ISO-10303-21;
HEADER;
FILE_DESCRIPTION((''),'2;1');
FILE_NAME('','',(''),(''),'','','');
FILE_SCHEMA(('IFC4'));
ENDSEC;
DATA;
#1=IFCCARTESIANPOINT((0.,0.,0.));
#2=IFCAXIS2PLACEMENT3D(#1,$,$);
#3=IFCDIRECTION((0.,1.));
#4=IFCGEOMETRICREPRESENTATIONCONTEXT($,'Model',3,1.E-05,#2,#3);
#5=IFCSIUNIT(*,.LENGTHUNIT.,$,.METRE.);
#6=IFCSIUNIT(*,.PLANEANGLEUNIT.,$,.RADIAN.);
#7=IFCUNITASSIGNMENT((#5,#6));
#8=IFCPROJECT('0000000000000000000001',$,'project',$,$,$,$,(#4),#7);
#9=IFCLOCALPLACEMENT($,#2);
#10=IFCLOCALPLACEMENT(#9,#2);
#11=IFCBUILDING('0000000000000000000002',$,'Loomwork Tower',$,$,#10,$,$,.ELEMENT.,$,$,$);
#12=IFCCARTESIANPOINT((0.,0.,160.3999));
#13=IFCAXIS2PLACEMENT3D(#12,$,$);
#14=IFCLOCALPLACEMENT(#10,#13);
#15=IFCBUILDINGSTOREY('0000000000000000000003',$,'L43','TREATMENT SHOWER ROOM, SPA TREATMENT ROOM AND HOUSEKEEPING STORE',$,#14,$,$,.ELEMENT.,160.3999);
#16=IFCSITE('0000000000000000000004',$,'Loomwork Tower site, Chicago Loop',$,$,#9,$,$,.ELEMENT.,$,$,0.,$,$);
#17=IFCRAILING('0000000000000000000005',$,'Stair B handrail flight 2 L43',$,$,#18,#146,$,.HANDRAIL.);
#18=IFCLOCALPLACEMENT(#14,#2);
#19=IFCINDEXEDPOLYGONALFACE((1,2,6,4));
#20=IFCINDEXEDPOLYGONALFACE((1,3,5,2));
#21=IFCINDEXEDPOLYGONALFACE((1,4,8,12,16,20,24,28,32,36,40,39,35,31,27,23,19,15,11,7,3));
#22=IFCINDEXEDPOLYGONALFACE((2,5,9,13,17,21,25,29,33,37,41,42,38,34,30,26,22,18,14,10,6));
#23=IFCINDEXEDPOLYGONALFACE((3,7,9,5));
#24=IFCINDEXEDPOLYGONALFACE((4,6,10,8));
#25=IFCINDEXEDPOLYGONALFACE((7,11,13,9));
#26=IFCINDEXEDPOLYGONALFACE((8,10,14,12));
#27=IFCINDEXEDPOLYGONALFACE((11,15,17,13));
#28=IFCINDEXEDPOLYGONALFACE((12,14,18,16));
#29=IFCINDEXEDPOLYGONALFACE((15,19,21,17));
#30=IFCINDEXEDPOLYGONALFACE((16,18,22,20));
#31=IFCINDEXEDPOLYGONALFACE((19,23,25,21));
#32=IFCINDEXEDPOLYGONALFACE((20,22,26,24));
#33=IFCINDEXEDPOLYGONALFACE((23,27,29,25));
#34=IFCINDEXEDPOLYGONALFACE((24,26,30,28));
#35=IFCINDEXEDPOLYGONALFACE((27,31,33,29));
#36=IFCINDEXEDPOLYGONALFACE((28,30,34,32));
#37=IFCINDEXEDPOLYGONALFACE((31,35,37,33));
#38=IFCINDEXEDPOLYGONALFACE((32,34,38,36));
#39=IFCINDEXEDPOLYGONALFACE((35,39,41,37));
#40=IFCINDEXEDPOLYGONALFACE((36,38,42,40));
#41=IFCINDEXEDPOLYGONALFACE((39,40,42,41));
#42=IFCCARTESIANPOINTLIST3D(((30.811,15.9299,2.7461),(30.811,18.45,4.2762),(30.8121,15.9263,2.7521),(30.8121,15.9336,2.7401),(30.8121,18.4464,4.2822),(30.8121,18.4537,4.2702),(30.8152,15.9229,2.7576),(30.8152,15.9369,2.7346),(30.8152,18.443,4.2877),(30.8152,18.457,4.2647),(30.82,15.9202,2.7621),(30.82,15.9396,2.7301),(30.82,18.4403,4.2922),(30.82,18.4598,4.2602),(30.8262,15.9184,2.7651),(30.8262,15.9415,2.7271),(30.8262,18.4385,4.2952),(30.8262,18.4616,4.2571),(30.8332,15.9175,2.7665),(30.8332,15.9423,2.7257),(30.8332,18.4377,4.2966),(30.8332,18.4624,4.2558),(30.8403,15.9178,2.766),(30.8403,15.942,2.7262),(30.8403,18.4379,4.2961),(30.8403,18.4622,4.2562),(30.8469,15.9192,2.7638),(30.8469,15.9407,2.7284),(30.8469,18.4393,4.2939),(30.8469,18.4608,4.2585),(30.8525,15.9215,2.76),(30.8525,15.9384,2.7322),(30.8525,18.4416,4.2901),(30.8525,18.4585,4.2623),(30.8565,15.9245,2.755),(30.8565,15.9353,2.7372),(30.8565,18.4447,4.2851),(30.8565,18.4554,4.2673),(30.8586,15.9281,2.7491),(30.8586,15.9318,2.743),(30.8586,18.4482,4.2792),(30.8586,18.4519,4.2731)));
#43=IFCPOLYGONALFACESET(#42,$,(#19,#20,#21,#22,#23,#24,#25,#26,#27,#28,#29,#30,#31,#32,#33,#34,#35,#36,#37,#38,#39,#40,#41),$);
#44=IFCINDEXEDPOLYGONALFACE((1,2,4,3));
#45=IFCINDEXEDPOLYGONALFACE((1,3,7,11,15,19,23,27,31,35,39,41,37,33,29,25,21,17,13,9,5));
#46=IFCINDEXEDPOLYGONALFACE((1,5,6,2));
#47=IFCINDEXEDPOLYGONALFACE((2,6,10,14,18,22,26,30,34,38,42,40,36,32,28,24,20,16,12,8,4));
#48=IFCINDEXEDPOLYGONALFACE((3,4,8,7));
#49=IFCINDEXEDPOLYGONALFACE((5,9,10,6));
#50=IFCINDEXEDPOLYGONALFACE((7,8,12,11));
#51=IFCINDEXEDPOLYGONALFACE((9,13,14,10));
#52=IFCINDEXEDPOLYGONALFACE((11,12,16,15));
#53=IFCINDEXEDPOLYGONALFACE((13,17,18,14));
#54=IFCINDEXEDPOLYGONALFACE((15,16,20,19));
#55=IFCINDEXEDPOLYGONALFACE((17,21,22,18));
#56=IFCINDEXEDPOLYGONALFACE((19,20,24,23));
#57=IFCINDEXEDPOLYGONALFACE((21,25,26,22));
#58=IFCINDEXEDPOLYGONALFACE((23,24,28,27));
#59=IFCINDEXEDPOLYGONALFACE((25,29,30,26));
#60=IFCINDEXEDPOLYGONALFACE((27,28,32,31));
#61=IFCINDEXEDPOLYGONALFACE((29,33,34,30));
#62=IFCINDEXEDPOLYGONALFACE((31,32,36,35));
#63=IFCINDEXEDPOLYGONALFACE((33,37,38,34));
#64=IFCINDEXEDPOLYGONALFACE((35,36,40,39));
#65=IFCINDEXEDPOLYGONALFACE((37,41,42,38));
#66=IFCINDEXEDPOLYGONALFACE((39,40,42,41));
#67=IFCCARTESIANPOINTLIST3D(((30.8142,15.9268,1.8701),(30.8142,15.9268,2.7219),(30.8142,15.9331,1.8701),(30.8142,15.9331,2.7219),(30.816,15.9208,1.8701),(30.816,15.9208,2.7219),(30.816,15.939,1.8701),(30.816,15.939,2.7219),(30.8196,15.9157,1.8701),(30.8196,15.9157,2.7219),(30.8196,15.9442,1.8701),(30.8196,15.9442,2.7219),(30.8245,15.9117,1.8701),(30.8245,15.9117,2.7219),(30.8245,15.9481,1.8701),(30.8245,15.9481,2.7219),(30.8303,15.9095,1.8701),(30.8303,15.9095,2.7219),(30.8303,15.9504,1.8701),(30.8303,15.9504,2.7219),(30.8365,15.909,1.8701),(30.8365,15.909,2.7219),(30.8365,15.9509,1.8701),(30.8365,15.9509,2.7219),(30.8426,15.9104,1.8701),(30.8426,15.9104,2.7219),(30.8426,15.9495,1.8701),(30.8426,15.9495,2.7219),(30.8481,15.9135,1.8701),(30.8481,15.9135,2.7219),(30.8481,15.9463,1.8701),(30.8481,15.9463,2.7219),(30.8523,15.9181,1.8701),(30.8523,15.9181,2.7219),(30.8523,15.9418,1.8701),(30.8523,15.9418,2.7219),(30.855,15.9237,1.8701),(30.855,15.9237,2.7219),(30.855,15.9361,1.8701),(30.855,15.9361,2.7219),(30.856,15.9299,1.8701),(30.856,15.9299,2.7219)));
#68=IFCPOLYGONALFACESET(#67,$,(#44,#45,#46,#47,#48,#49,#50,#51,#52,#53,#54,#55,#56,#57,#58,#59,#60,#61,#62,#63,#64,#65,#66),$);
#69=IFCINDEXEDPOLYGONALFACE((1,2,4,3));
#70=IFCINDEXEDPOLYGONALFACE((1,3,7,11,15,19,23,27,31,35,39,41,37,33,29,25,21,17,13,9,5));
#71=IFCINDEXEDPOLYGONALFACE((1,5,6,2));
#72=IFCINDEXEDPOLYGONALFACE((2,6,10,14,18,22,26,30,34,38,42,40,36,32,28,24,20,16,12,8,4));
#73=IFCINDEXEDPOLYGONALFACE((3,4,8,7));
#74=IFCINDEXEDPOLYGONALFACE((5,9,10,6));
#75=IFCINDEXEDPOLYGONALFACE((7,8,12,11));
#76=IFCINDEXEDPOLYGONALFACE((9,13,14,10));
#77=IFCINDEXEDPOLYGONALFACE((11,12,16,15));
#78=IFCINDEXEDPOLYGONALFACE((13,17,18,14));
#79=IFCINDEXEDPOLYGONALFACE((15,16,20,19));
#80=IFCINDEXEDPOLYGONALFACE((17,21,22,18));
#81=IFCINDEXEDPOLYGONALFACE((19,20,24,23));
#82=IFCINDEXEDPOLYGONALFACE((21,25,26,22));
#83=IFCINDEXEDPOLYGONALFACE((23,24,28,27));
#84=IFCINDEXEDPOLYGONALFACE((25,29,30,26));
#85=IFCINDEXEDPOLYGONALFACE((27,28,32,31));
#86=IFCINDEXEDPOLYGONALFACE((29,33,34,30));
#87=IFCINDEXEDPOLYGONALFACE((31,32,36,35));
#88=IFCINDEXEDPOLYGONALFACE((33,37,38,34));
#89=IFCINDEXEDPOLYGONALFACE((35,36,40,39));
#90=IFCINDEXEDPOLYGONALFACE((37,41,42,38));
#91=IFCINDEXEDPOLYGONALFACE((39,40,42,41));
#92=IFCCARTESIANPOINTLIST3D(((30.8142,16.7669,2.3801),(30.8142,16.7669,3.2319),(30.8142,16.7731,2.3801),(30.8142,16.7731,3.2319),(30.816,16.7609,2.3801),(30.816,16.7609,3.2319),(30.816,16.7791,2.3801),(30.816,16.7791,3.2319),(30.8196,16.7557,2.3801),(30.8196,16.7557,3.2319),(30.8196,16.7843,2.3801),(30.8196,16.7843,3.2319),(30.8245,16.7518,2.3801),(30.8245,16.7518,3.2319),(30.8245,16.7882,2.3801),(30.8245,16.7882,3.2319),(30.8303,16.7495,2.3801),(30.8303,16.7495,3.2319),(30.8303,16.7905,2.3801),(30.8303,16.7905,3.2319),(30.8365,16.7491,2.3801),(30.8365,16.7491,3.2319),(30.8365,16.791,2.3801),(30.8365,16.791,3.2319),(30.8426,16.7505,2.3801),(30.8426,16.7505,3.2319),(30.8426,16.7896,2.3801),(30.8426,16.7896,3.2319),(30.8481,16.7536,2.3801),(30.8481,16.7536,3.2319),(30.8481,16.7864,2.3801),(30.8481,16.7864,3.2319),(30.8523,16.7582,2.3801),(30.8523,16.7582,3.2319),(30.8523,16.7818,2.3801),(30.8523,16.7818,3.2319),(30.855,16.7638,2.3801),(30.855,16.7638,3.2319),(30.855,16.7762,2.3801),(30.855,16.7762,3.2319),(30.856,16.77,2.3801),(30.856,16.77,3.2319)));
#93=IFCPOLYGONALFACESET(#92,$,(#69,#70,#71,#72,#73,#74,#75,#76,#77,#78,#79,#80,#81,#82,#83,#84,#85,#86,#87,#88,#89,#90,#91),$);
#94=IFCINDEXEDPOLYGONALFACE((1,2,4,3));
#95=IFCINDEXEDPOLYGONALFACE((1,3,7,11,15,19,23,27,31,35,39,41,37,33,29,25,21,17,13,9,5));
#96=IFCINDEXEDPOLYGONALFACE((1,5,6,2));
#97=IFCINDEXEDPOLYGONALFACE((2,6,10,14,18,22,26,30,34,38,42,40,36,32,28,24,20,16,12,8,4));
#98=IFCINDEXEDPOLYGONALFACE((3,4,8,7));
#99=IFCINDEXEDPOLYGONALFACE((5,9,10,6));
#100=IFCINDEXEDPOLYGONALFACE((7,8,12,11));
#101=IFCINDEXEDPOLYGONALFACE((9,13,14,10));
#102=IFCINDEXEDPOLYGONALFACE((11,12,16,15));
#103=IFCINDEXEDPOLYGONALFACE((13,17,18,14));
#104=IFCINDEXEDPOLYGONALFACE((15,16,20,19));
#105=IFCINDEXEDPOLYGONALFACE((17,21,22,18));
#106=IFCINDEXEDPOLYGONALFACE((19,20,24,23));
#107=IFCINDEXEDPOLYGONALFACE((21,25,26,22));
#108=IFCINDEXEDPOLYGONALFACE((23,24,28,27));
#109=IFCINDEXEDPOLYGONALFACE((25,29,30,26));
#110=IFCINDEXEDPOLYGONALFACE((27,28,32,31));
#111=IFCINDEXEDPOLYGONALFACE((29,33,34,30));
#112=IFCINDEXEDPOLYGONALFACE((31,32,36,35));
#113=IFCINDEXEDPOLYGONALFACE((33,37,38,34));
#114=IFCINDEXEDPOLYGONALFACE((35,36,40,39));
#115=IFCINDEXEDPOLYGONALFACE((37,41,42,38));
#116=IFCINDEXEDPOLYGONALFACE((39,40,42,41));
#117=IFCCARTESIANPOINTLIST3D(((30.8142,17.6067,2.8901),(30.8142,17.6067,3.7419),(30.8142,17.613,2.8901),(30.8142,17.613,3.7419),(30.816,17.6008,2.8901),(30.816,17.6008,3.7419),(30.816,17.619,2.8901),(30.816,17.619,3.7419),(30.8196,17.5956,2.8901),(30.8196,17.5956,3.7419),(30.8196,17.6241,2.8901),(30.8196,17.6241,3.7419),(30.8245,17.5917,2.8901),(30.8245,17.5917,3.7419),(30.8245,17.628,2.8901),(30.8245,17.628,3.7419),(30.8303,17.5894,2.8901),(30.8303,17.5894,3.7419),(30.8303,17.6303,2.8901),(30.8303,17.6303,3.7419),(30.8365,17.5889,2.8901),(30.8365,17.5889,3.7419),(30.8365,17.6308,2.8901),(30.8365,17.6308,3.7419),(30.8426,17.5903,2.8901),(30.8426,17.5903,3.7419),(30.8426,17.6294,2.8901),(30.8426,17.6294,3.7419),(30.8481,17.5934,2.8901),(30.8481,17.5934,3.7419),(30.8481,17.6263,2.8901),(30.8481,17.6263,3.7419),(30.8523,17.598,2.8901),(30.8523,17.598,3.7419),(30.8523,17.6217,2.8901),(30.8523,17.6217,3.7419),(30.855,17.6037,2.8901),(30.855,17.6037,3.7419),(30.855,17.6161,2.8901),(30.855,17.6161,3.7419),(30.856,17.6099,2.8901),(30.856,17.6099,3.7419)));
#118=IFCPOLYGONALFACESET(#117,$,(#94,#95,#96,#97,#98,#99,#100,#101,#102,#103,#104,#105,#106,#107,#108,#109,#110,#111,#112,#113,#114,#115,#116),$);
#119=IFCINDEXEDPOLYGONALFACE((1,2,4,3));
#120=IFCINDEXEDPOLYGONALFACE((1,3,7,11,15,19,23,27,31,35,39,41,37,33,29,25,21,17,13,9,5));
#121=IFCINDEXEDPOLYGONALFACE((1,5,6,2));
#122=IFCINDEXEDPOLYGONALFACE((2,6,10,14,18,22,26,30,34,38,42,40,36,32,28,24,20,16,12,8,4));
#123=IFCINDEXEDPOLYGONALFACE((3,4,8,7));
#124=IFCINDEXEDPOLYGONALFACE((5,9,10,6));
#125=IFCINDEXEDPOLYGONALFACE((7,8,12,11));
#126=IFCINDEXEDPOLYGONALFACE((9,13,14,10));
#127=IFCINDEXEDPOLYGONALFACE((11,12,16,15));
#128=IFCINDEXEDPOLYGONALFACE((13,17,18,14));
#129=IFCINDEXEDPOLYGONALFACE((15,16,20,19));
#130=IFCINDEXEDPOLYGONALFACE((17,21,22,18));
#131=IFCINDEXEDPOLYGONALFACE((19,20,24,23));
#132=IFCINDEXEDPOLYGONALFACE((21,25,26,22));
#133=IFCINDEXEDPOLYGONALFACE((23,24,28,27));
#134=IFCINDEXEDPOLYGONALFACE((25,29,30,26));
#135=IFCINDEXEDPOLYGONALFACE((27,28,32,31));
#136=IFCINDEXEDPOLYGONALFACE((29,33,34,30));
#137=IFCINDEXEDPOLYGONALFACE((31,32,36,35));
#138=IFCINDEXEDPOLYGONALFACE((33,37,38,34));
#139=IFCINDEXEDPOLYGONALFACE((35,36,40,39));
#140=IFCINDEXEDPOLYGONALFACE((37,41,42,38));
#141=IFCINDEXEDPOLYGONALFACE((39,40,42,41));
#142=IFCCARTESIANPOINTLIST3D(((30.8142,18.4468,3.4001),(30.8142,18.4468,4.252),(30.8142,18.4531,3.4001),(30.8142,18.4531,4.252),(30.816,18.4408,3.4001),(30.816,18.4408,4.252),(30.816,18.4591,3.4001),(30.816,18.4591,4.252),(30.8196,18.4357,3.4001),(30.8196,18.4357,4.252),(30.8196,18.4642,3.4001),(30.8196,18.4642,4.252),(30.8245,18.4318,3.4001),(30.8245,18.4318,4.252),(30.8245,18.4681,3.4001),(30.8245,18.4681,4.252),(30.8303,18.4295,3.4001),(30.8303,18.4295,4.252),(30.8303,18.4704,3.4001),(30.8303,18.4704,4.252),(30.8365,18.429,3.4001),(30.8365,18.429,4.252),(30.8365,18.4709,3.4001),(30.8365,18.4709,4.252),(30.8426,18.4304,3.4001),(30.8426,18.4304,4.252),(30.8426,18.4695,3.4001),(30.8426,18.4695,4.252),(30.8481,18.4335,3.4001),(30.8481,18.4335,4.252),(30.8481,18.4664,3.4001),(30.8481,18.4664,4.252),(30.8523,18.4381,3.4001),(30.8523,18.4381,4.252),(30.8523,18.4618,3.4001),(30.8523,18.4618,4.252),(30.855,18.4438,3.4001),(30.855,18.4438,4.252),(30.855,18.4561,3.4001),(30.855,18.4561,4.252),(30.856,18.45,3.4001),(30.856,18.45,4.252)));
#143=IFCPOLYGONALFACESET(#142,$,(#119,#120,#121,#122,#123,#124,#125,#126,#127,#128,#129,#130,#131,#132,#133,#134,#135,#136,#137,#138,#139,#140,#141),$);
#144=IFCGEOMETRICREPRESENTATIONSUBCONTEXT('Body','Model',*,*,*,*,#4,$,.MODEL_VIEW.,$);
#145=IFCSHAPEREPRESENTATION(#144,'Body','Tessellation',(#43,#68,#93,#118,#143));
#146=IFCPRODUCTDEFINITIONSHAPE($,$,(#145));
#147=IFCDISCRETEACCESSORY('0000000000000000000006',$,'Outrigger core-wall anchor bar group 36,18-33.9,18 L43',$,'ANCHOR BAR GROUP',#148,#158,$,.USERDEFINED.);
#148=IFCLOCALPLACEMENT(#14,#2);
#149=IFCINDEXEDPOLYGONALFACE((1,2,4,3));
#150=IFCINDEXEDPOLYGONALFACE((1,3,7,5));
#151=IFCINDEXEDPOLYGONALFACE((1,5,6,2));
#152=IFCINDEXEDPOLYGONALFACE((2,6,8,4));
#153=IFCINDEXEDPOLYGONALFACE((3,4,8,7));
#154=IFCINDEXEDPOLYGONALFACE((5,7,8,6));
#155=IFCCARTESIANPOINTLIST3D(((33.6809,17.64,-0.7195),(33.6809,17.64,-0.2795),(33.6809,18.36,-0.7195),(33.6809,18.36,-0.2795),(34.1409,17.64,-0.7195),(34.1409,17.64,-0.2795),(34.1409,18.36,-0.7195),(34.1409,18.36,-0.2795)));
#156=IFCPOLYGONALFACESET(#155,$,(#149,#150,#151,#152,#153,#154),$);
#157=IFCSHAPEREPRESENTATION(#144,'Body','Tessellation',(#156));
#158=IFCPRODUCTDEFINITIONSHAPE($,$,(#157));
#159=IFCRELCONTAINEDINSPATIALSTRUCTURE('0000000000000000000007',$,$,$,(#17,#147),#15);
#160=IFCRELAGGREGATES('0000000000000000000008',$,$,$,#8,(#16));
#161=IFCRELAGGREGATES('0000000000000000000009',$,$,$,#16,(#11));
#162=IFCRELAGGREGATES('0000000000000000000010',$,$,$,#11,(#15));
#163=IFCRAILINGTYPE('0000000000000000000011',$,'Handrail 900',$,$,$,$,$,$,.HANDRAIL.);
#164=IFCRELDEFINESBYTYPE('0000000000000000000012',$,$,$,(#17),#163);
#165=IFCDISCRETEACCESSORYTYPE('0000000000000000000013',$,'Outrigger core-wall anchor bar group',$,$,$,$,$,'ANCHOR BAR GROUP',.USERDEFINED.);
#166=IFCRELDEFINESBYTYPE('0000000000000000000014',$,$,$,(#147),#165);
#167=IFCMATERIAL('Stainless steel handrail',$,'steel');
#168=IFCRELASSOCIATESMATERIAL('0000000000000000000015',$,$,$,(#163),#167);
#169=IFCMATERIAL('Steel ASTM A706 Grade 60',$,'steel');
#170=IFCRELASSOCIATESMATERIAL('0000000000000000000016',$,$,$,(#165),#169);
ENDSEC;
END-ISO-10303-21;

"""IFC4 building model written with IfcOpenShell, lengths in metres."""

from ifc_helpers import new_model, si_unit, direction, frame, origin, origin_2d, place, context, subcontext, project, spatial, rectangle, circle, extrude, material, type_object, element, save


model = new_model("IFC4")

# Units and contexts
model_context = context("Model", 3, precision=1e-05, world=origin(), true_north=direction((0.0, 1.0)))
body_context = subcontext(model_context, "Body", "Model", "MODEL_VIEW")
ifc_project = project(units=[si_unit("LENGTHUNIT", "METRE"), si_unit("PLANEANGLEUNIT", "RADIAN")], contexts=[model_context])

# Site, building, storey
site_placement = place(None, origin())
site = spatial("IfcSite", under=ifc_project, at=site_placement, Name="Loomwork Tower site, Chicago Loop", CompositionType="ELEMENT", RefElevation=0.0)
building_placement = place(site_placement, origin())
building = spatial("IfcBuilding", under=site, at=building_placement, Name="Loomwork Tower", CompositionType="ELEMENT")
storey_placement = place(building_placement, frame((0.0, 0.0, 160.3999)))
storey = spatial("IfcBuildingStorey", under=building, at=storey_placement, Name="L43", Description="TREATMENT SHOWER ROOM, SPA TREATMENT ROOM AND HOUSEKEEPING STORE", CompositionType="ELEMENT", Elevation=160.3999)

# Railing
ifc_material_1 = material(Name="Stainless steel handrail", Category="steel")
railing_type = type_object("IfcRailingType", Name="Handrail 900", PredefinedType="HANDRAIL", material=ifc_material_1)
railing_1_placement = place(storey_placement, frame((30.835, 15.9299, 1.8701)))
element("IfcRailing", 1, at=railing_1_placement, inside=storey, type_object=railing_type, Name="Stair B handrail flight 2 L43", PredefinedType="HANDRAIL", context=body_context, shape_type="SweptSolid", body=[
    extrude(circle(Radius=0.0239, at=origin_2d()), frame((0.0, 0.0, 0.876), z_axis=(0.0, 0.854785, 0.518982), x_axis=(-1.0, 0.0, 0.0)), (0.0, 0.0, 1.0), 2.9482),
    extrude(circle(Radius=0.021, at=origin_2d()), origin(), (0.0, 0.0, 1.0), 0.8518),
    extrude(circle(Radius=0.021, at=origin_2d()), frame((0.0, 0.8401, 0.51)), (0.0, 0.0, 1.0), 0.8518),
    extrude(circle(Radius=0.021, at=origin_2d()), frame((0.0, 1.6799, 1.02)), (0.0, 0.0, 1.0), 0.8518),
    extrude(circle(Radius=0.021, at=origin_2d()), frame((0.0, 2.52, 1.53)), (0.0, 0.0, 1.0), 0.8518),
])

# Discrete accessory
ifc_material_2 = material(Name="Steel ASTM A706 Grade 60", Category="steel")
discrete_accessory_type = type_object("IfcDiscreteAccessoryType", Name="Outrigger core-wall anchor bar group", ElementType="ANCHOR BAR GROUP", PredefinedType="USERDEFINED", material=ifc_material_2)
discrete_accessory_placement = place(storey_placement, frame((33.9109, 18.0, -0.7195), z_axis=(0.0, 0.0, 1.0), x_axis=(1.0, 0.0, 0.0)))
element("IfcDiscreteAccessory", 2, at=discrete_accessory_placement, inside=storey, type_object=discrete_accessory_type, Name="Outrigger core-wall anchor bar group 36,18-33.9,18 L43", ObjectType="ANCHOR BAR GROUP", PredefinedType="USERDEFINED", context=body_context, shape_type="SweptSolid", body=[
    extrude(rectangle(XDim=0.46, YDim=0.72, at=origin_2d()), origin(), (0.0, 0.0, 1.0), 0.4399),
])

save(model, "model.ifc")
